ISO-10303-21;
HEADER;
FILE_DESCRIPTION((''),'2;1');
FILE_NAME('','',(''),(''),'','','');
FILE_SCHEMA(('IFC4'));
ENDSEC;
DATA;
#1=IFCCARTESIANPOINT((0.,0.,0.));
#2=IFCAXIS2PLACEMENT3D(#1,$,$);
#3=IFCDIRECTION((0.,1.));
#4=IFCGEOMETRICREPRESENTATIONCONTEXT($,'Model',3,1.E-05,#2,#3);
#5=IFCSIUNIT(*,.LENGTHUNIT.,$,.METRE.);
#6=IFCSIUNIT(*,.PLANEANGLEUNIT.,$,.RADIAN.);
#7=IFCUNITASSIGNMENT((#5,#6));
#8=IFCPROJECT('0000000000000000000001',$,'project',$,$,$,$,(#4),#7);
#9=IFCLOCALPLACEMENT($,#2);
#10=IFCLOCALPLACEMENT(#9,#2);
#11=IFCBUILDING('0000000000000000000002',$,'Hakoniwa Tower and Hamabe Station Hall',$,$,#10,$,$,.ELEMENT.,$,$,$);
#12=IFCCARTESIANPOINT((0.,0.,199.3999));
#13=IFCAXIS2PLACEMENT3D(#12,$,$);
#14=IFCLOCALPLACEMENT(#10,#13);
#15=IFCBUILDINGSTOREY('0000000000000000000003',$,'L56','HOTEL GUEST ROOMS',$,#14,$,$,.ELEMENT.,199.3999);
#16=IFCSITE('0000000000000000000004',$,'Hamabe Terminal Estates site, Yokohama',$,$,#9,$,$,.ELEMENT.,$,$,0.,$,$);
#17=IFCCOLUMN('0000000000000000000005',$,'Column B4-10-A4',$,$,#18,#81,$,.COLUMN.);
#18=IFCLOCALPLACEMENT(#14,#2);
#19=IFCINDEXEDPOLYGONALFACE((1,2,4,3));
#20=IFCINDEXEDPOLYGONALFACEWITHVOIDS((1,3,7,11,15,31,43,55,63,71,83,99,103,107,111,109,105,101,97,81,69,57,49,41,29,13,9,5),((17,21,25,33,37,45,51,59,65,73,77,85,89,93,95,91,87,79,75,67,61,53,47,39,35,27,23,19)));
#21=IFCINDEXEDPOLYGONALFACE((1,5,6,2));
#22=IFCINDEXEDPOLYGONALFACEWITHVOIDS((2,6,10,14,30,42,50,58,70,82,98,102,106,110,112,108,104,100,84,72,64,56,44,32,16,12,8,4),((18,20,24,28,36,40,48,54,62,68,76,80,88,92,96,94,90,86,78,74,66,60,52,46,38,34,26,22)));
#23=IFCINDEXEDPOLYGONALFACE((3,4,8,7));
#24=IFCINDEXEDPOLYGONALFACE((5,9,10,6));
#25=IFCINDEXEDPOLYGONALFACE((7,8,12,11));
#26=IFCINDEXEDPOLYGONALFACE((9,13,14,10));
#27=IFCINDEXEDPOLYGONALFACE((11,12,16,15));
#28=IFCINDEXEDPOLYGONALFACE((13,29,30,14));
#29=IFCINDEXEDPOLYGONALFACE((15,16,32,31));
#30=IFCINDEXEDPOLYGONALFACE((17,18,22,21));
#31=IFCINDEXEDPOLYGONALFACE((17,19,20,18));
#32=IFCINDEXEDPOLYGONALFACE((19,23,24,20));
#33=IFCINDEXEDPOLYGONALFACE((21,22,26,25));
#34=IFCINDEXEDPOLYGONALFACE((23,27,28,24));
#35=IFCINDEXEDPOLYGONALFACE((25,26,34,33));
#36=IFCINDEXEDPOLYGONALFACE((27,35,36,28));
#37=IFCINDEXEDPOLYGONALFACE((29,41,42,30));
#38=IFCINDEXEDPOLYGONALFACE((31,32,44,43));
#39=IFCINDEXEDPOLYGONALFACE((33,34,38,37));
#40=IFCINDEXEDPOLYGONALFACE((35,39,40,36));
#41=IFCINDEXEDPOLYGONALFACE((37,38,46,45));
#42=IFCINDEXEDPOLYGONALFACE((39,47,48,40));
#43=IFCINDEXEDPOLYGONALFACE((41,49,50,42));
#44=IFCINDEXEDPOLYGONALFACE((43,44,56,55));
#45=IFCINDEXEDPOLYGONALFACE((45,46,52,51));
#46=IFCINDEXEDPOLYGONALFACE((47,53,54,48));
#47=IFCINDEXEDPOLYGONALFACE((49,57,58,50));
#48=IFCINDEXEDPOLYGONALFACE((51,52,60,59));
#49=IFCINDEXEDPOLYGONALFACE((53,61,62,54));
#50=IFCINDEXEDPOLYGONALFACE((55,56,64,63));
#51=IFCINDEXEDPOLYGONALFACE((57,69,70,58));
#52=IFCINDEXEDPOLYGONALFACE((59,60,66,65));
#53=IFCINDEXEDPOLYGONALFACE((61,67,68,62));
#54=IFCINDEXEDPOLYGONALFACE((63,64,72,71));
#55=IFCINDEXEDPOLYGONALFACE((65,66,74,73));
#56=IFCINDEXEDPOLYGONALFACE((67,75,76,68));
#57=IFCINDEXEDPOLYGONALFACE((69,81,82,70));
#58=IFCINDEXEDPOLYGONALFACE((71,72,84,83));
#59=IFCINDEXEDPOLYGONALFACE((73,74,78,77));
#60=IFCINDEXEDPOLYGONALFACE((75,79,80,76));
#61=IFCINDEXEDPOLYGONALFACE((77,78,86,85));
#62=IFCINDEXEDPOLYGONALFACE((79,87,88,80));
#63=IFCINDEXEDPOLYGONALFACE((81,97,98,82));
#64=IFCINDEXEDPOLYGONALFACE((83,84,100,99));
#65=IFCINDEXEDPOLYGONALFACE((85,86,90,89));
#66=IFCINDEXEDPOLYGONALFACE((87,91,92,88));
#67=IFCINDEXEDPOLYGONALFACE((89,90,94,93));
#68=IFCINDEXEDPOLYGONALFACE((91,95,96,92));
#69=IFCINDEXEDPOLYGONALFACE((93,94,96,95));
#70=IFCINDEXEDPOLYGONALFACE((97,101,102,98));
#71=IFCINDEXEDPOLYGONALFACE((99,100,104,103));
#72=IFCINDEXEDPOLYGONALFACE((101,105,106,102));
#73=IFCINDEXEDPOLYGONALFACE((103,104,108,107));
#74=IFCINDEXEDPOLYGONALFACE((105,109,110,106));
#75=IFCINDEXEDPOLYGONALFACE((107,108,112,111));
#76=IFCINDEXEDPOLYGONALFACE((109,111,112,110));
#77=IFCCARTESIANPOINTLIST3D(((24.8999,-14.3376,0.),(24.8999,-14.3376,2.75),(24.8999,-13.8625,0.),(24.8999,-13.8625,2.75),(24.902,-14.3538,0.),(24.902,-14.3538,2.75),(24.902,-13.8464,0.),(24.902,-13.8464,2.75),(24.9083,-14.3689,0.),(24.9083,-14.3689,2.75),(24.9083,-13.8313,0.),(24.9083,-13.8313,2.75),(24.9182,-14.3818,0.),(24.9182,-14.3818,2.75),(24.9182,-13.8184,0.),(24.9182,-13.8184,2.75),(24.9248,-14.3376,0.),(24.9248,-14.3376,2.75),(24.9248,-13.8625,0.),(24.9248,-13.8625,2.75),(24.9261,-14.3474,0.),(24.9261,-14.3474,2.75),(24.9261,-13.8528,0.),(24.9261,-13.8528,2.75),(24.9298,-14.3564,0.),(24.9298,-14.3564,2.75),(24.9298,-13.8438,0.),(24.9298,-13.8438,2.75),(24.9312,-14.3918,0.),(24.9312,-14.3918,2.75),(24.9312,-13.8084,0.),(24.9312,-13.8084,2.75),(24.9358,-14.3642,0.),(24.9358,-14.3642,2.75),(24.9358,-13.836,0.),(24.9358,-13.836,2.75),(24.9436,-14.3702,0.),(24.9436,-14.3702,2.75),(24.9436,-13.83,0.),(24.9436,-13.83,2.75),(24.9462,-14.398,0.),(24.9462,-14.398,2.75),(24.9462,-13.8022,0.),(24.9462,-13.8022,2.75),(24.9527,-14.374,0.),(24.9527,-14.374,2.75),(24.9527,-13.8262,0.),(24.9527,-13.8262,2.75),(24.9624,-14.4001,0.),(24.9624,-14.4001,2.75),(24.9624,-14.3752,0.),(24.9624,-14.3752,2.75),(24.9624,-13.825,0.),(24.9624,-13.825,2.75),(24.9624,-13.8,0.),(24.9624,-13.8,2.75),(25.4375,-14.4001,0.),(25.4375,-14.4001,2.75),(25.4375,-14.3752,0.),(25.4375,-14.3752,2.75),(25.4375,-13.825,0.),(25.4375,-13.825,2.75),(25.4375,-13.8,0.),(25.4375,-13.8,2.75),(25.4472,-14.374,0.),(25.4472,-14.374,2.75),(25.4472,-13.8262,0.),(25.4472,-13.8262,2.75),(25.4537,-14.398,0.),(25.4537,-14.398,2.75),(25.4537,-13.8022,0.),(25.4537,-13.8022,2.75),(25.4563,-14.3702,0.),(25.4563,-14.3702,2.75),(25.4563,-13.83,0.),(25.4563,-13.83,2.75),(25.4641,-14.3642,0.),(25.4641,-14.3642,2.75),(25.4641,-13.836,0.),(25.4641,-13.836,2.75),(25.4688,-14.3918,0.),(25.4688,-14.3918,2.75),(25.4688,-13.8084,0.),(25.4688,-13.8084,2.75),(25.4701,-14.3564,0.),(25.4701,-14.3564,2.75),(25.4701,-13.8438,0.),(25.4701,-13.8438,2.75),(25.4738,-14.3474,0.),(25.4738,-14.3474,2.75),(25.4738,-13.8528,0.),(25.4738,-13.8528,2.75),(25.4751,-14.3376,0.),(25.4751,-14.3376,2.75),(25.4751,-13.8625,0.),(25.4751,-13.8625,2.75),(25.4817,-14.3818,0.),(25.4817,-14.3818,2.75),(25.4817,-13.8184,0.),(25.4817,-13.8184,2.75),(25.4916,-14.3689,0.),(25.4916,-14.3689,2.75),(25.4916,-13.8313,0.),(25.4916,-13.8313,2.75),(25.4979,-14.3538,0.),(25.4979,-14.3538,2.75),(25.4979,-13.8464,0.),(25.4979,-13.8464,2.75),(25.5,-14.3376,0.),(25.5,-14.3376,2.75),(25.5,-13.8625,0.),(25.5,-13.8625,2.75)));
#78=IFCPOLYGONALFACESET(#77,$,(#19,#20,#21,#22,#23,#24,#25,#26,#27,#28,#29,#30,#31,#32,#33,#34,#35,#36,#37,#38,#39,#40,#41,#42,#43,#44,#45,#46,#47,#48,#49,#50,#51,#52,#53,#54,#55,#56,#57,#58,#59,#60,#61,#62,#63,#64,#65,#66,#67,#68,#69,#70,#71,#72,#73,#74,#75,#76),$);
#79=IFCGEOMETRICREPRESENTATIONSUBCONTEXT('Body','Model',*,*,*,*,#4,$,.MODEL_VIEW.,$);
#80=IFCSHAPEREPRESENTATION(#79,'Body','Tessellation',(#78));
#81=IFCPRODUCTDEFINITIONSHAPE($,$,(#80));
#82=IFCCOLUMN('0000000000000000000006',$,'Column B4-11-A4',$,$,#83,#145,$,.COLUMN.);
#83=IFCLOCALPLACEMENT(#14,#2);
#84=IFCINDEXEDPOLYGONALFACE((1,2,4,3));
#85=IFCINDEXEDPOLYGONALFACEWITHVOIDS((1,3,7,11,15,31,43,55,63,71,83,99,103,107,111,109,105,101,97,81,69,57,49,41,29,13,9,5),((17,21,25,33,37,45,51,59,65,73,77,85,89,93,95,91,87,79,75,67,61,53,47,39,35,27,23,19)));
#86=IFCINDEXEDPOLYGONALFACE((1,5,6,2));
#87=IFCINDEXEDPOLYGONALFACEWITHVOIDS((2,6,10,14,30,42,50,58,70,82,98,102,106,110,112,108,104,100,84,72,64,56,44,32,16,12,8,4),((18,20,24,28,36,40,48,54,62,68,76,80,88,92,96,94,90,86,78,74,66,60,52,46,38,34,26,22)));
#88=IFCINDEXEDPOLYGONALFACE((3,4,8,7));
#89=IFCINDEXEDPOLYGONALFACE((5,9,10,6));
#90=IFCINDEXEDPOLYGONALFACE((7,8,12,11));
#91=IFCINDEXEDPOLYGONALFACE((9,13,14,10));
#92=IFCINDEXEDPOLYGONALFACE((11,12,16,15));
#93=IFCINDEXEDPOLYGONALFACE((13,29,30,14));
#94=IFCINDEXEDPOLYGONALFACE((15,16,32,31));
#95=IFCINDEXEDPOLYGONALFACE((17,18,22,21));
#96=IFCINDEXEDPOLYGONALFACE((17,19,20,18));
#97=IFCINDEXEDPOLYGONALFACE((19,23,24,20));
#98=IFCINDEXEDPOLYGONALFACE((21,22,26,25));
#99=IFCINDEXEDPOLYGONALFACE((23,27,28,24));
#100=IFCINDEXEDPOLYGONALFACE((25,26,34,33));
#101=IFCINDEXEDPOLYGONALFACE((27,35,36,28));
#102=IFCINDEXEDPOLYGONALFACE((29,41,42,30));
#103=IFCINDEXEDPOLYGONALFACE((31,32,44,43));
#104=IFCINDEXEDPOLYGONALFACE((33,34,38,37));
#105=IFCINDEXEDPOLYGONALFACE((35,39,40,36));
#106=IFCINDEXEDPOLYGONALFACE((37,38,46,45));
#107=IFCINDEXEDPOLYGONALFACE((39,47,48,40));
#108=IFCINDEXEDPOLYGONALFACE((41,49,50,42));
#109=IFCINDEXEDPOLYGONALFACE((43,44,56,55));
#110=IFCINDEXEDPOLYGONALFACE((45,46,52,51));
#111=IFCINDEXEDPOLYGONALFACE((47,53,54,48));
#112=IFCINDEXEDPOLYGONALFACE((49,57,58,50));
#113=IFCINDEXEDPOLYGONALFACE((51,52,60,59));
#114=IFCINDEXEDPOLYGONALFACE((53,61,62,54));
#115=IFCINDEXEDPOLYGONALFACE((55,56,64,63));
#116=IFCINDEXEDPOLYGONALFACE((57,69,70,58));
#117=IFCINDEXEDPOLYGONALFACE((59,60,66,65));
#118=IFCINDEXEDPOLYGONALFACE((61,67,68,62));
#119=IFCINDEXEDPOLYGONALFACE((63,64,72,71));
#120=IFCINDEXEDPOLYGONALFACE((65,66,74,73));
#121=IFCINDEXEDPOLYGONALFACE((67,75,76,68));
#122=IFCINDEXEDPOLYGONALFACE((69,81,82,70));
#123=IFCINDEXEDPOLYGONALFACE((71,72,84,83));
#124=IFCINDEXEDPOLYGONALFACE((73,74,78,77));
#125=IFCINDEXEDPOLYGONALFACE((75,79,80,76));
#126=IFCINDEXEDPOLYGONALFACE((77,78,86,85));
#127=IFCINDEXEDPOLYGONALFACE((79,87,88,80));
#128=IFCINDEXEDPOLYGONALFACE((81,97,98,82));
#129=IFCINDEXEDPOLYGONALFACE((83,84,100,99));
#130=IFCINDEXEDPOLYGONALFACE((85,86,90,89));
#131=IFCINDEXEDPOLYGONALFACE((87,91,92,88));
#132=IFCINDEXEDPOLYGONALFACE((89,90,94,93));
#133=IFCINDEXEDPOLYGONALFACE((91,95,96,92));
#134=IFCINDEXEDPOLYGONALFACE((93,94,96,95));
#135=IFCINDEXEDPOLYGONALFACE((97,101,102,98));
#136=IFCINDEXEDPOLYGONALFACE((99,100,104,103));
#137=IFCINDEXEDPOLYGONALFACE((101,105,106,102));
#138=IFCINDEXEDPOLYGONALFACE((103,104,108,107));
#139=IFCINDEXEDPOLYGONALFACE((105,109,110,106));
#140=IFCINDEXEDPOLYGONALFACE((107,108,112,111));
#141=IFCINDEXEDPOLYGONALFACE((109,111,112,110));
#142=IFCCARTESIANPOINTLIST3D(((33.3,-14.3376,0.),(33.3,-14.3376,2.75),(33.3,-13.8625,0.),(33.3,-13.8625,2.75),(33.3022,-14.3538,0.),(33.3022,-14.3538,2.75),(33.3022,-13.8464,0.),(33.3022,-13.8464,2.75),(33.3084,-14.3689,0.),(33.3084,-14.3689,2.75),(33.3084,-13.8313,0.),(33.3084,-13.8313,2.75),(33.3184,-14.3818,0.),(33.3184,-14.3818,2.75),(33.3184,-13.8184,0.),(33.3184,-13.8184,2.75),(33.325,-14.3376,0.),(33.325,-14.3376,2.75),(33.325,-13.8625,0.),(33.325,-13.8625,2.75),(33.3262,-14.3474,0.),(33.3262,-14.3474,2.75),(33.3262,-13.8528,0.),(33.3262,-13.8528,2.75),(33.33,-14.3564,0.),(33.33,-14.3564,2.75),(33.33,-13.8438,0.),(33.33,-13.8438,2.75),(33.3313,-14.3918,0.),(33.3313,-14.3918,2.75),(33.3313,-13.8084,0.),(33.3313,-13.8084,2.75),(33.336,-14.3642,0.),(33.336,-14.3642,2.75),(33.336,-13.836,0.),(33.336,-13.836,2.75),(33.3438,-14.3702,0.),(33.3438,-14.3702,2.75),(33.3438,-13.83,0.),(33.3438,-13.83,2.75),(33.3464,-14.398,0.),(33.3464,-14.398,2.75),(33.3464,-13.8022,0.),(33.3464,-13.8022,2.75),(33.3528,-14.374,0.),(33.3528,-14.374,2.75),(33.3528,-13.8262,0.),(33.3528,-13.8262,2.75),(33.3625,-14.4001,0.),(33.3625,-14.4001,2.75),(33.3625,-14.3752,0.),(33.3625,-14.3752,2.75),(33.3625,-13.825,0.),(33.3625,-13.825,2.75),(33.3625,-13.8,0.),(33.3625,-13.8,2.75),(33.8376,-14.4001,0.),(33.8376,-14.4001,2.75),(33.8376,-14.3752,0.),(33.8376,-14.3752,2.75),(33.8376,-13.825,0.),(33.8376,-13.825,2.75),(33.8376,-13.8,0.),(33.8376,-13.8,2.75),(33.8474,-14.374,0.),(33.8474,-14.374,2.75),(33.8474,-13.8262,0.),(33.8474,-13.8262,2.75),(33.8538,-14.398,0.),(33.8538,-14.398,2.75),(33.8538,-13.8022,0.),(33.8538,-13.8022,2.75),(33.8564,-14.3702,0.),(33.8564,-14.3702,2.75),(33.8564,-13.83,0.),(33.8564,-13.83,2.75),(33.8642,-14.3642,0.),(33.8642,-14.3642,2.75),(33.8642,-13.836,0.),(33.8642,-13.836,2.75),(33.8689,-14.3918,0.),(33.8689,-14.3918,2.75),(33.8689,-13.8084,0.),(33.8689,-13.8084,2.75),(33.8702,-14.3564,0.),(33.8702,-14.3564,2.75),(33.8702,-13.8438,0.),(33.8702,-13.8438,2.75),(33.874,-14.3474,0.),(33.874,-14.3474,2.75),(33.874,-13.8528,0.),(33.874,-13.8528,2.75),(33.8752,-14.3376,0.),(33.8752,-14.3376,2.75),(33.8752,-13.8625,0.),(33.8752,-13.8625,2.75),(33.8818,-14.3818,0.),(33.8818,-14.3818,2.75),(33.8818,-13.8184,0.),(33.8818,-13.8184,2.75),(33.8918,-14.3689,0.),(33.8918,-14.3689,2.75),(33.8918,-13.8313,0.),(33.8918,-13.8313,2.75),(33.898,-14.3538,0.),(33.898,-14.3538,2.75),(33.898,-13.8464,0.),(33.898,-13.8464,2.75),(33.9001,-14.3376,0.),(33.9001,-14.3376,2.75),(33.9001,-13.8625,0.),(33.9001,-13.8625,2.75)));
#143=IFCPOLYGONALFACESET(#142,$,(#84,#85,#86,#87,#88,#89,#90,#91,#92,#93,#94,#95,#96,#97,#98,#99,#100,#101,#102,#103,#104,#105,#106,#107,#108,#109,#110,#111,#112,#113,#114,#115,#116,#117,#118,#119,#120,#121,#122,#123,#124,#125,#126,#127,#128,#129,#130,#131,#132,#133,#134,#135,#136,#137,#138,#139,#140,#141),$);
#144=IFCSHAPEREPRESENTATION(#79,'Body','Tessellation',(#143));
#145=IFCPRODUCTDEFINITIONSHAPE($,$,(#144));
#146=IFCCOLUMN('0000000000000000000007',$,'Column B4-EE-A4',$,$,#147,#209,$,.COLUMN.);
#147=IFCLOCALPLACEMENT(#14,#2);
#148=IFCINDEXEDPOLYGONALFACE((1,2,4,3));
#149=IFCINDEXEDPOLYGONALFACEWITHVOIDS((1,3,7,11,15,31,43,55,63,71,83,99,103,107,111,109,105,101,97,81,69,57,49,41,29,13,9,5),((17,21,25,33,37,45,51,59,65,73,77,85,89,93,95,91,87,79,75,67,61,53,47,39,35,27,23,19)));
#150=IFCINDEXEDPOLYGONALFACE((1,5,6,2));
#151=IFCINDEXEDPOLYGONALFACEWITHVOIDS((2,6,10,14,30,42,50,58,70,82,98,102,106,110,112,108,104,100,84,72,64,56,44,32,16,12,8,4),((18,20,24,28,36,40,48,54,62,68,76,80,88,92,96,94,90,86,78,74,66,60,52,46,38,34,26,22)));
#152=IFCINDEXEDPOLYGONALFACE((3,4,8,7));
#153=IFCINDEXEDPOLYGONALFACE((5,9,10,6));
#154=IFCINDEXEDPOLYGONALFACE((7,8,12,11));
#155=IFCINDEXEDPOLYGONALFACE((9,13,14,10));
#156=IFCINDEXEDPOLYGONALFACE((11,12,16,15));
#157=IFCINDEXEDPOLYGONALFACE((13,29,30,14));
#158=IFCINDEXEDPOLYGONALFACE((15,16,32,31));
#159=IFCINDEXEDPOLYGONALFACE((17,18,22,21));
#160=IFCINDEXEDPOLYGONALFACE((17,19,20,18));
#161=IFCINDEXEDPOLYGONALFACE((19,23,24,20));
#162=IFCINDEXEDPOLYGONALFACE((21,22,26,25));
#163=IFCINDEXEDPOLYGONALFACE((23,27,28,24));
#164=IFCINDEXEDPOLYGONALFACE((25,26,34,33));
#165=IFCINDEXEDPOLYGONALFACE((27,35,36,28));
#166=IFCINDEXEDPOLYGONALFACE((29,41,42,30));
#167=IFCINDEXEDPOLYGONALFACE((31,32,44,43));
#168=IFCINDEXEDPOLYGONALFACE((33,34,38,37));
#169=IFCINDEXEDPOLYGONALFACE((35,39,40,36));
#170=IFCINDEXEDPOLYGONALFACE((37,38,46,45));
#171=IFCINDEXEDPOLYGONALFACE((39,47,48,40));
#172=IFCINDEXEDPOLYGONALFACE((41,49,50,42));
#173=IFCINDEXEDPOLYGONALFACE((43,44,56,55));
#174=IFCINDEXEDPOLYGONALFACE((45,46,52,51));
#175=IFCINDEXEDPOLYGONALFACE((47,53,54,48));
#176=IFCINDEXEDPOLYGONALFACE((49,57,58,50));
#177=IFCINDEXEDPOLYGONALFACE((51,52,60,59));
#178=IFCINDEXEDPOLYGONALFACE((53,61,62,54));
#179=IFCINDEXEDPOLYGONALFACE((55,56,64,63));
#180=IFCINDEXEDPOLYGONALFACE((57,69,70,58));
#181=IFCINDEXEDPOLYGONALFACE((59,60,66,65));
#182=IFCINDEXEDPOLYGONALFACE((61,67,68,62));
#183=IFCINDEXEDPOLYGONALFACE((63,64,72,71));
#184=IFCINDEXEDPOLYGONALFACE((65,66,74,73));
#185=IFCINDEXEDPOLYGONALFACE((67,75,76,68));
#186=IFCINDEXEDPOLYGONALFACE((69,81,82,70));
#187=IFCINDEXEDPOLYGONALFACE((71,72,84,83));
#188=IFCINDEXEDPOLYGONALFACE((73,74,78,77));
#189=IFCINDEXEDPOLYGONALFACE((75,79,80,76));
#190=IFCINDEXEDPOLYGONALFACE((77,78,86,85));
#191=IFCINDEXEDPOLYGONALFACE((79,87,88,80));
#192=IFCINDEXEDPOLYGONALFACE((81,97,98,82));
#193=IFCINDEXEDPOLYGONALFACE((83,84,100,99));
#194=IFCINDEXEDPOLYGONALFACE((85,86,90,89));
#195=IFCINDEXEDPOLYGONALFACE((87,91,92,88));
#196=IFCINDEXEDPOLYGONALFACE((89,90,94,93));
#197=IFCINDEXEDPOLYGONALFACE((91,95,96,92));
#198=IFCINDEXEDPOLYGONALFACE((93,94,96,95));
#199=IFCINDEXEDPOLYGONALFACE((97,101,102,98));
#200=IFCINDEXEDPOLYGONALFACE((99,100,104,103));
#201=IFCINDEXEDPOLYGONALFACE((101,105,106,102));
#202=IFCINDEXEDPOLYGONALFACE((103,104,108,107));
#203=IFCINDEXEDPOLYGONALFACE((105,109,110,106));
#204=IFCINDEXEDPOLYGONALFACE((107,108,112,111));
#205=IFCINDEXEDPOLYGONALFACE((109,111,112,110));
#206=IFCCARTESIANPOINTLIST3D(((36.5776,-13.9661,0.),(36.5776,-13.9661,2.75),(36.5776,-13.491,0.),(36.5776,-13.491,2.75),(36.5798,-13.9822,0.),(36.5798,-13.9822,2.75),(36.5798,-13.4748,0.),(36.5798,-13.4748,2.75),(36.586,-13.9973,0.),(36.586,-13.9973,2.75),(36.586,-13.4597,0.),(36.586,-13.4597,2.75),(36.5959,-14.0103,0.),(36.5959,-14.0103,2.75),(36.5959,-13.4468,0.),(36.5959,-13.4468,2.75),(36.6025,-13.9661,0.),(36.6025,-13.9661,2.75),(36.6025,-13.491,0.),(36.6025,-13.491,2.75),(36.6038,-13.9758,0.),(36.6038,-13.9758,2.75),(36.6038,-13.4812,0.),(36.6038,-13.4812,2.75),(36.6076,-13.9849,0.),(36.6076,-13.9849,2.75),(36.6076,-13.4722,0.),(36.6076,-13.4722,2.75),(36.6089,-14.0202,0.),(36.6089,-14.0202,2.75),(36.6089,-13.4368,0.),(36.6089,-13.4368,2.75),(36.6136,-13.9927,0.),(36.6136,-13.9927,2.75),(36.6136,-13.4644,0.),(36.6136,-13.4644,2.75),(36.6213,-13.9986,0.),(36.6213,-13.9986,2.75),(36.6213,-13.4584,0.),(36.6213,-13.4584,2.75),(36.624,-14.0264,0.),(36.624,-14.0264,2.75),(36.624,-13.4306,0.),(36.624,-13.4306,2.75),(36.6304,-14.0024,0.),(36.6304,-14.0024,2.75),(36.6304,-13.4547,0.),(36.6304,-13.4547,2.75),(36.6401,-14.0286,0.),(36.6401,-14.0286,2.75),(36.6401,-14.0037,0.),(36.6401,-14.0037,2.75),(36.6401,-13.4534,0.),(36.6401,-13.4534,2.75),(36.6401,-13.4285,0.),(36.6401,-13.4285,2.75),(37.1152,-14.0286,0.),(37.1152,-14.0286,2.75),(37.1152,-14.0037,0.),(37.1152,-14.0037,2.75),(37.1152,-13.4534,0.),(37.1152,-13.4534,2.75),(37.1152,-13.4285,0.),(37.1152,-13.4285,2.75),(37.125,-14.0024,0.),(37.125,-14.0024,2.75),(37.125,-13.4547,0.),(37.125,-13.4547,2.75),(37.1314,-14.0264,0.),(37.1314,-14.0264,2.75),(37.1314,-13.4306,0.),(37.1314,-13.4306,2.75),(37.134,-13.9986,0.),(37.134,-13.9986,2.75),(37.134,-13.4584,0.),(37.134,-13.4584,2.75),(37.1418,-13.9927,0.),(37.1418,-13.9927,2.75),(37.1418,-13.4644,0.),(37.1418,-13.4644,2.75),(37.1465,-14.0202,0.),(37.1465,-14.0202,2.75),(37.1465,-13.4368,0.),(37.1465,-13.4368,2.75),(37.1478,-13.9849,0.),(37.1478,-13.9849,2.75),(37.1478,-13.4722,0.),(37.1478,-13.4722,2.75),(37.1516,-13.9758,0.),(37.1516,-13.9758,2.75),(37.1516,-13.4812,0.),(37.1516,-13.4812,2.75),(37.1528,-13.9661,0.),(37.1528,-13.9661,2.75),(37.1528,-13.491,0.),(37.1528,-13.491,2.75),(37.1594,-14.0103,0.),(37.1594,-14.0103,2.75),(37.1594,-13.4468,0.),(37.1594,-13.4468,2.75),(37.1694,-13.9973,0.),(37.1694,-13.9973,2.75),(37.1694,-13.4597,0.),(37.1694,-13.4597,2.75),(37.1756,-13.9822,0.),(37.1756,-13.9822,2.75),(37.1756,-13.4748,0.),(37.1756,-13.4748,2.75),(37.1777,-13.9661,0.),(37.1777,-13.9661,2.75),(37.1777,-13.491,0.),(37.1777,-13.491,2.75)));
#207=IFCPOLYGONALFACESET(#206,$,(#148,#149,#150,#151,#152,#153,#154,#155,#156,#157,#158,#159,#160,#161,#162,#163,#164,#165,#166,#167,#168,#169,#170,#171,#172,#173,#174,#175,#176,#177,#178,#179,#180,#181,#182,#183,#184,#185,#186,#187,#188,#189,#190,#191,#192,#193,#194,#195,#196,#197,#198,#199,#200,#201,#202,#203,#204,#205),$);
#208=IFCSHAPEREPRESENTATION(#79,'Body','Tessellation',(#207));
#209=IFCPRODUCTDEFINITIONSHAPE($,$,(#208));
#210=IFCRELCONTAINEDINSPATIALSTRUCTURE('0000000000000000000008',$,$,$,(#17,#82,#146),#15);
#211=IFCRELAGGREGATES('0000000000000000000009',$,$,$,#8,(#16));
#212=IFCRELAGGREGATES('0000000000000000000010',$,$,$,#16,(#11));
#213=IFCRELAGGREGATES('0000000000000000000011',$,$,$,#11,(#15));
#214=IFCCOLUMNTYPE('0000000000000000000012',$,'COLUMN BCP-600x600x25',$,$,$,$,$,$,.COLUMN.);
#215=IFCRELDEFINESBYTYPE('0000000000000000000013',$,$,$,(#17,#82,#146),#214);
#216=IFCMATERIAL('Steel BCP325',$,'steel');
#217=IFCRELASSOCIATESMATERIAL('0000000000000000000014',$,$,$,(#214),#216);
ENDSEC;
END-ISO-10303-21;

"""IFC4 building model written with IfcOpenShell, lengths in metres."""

from ifc_helpers import new_model, si_unit, direction, frame, origin, origin_2d, place, context, subcontext, project, spatial, hollow_rectangle, extrude, material, material_profile, profile_set, type_object, element, save


model = new_model("IFC4")

# Units and contexts
model_context = context("Model", 3, precision=1e-05, world=origin(), true_north=direction((0.0, 1.0)))
body_context = subcontext(model_context, "Body", "Model", "MODEL_VIEW")
ifc_project = project(units=[si_unit("LENGTHUNIT", "METRE"), si_unit("PLANEANGLEUNIT", "RADIAN")], contexts=[model_context])

# Site, building, storey
site_placement = place(None, origin())
site = spatial("IfcSite", under=ifc_project, at=site_placement, Name="Hamabe Terminal Estates site, Yokohama", CompositionType="ELEMENT", RefElevation=0.0)
building_placement = place(site_placement, origin())
building = spatial("IfcBuilding", under=site, at=building_placement, Name="Hakoniwa Tower and Hamabe Station Hall", CompositionType="ELEMENT")
storey_placement = place(building_placement, frame((0.0, 0.0, 199.3999)))
storey = spatial("IfcBuildingStorey", under=building, at=storey_placement, Name="L56", Description="HOTEL GUEST ROOMS", CompositionType="ELEMENT", Elevation=199.3999)

# Columns
ifc_material_1 = material(Name="Steel BCP325", Category="steel")
ifc_material_profile_1 = material_profile(ifc_material_1, hollow_rectangle(XDim=0.6001, YDim=0.6001, WallThickness=0.0249, InnerFilletRadius=0.0376, OuterFilletRadius=0.0625, at=origin_2d()), Name="BCP-600x600x25")
ifc_profile_set_1 = profile_set([ifc_material_profile_1], Name="Steel BCP325")
column_type = type_object("IfcColumnType", Name="COLUMN BCP-600x600x25", PredefinedType="COLUMN", material=ifc_profile_set_1)
for number, where, z_axis, x_axis, name in (
    (1, (25.2, -14.1001, 0.0), (0.0, 0.0, 1.0), (1.0, 0.0, 0.0), "Column B4-10-A4"),
    (2, (33.6001, -14.1001, 0.0), (0.0, 0.0, 1.0), (1.0, 0.0, 0.0), "Column B4-11-A4"),
    (3, (36.8777, -13.7285, 0.0), (0.0, 0.0, 1.0), (1.0, 0.0, 0.0), "Column B4-EE-A4"),
):
    element("IfcColumn", number, at=place(storey_placement, frame(where, z_axis=z_axis, x_axis=x_axis)), inside=storey, type_object=column_type, Name=name, PredefinedType="COLUMN", context=body_context, shape_type="SweptSolid", body=[
        extrude(hollow_rectangle(XDim=0.6001, YDim=0.6001, WallThickness=0.0249, InnerFilletRadius=0.0376, OuterFilletRadius=0.0625, at=origin_2d()), origin(), (0.0, 0.0, 1.0), 2.75),
    ])

save(model, "model.ifc")
